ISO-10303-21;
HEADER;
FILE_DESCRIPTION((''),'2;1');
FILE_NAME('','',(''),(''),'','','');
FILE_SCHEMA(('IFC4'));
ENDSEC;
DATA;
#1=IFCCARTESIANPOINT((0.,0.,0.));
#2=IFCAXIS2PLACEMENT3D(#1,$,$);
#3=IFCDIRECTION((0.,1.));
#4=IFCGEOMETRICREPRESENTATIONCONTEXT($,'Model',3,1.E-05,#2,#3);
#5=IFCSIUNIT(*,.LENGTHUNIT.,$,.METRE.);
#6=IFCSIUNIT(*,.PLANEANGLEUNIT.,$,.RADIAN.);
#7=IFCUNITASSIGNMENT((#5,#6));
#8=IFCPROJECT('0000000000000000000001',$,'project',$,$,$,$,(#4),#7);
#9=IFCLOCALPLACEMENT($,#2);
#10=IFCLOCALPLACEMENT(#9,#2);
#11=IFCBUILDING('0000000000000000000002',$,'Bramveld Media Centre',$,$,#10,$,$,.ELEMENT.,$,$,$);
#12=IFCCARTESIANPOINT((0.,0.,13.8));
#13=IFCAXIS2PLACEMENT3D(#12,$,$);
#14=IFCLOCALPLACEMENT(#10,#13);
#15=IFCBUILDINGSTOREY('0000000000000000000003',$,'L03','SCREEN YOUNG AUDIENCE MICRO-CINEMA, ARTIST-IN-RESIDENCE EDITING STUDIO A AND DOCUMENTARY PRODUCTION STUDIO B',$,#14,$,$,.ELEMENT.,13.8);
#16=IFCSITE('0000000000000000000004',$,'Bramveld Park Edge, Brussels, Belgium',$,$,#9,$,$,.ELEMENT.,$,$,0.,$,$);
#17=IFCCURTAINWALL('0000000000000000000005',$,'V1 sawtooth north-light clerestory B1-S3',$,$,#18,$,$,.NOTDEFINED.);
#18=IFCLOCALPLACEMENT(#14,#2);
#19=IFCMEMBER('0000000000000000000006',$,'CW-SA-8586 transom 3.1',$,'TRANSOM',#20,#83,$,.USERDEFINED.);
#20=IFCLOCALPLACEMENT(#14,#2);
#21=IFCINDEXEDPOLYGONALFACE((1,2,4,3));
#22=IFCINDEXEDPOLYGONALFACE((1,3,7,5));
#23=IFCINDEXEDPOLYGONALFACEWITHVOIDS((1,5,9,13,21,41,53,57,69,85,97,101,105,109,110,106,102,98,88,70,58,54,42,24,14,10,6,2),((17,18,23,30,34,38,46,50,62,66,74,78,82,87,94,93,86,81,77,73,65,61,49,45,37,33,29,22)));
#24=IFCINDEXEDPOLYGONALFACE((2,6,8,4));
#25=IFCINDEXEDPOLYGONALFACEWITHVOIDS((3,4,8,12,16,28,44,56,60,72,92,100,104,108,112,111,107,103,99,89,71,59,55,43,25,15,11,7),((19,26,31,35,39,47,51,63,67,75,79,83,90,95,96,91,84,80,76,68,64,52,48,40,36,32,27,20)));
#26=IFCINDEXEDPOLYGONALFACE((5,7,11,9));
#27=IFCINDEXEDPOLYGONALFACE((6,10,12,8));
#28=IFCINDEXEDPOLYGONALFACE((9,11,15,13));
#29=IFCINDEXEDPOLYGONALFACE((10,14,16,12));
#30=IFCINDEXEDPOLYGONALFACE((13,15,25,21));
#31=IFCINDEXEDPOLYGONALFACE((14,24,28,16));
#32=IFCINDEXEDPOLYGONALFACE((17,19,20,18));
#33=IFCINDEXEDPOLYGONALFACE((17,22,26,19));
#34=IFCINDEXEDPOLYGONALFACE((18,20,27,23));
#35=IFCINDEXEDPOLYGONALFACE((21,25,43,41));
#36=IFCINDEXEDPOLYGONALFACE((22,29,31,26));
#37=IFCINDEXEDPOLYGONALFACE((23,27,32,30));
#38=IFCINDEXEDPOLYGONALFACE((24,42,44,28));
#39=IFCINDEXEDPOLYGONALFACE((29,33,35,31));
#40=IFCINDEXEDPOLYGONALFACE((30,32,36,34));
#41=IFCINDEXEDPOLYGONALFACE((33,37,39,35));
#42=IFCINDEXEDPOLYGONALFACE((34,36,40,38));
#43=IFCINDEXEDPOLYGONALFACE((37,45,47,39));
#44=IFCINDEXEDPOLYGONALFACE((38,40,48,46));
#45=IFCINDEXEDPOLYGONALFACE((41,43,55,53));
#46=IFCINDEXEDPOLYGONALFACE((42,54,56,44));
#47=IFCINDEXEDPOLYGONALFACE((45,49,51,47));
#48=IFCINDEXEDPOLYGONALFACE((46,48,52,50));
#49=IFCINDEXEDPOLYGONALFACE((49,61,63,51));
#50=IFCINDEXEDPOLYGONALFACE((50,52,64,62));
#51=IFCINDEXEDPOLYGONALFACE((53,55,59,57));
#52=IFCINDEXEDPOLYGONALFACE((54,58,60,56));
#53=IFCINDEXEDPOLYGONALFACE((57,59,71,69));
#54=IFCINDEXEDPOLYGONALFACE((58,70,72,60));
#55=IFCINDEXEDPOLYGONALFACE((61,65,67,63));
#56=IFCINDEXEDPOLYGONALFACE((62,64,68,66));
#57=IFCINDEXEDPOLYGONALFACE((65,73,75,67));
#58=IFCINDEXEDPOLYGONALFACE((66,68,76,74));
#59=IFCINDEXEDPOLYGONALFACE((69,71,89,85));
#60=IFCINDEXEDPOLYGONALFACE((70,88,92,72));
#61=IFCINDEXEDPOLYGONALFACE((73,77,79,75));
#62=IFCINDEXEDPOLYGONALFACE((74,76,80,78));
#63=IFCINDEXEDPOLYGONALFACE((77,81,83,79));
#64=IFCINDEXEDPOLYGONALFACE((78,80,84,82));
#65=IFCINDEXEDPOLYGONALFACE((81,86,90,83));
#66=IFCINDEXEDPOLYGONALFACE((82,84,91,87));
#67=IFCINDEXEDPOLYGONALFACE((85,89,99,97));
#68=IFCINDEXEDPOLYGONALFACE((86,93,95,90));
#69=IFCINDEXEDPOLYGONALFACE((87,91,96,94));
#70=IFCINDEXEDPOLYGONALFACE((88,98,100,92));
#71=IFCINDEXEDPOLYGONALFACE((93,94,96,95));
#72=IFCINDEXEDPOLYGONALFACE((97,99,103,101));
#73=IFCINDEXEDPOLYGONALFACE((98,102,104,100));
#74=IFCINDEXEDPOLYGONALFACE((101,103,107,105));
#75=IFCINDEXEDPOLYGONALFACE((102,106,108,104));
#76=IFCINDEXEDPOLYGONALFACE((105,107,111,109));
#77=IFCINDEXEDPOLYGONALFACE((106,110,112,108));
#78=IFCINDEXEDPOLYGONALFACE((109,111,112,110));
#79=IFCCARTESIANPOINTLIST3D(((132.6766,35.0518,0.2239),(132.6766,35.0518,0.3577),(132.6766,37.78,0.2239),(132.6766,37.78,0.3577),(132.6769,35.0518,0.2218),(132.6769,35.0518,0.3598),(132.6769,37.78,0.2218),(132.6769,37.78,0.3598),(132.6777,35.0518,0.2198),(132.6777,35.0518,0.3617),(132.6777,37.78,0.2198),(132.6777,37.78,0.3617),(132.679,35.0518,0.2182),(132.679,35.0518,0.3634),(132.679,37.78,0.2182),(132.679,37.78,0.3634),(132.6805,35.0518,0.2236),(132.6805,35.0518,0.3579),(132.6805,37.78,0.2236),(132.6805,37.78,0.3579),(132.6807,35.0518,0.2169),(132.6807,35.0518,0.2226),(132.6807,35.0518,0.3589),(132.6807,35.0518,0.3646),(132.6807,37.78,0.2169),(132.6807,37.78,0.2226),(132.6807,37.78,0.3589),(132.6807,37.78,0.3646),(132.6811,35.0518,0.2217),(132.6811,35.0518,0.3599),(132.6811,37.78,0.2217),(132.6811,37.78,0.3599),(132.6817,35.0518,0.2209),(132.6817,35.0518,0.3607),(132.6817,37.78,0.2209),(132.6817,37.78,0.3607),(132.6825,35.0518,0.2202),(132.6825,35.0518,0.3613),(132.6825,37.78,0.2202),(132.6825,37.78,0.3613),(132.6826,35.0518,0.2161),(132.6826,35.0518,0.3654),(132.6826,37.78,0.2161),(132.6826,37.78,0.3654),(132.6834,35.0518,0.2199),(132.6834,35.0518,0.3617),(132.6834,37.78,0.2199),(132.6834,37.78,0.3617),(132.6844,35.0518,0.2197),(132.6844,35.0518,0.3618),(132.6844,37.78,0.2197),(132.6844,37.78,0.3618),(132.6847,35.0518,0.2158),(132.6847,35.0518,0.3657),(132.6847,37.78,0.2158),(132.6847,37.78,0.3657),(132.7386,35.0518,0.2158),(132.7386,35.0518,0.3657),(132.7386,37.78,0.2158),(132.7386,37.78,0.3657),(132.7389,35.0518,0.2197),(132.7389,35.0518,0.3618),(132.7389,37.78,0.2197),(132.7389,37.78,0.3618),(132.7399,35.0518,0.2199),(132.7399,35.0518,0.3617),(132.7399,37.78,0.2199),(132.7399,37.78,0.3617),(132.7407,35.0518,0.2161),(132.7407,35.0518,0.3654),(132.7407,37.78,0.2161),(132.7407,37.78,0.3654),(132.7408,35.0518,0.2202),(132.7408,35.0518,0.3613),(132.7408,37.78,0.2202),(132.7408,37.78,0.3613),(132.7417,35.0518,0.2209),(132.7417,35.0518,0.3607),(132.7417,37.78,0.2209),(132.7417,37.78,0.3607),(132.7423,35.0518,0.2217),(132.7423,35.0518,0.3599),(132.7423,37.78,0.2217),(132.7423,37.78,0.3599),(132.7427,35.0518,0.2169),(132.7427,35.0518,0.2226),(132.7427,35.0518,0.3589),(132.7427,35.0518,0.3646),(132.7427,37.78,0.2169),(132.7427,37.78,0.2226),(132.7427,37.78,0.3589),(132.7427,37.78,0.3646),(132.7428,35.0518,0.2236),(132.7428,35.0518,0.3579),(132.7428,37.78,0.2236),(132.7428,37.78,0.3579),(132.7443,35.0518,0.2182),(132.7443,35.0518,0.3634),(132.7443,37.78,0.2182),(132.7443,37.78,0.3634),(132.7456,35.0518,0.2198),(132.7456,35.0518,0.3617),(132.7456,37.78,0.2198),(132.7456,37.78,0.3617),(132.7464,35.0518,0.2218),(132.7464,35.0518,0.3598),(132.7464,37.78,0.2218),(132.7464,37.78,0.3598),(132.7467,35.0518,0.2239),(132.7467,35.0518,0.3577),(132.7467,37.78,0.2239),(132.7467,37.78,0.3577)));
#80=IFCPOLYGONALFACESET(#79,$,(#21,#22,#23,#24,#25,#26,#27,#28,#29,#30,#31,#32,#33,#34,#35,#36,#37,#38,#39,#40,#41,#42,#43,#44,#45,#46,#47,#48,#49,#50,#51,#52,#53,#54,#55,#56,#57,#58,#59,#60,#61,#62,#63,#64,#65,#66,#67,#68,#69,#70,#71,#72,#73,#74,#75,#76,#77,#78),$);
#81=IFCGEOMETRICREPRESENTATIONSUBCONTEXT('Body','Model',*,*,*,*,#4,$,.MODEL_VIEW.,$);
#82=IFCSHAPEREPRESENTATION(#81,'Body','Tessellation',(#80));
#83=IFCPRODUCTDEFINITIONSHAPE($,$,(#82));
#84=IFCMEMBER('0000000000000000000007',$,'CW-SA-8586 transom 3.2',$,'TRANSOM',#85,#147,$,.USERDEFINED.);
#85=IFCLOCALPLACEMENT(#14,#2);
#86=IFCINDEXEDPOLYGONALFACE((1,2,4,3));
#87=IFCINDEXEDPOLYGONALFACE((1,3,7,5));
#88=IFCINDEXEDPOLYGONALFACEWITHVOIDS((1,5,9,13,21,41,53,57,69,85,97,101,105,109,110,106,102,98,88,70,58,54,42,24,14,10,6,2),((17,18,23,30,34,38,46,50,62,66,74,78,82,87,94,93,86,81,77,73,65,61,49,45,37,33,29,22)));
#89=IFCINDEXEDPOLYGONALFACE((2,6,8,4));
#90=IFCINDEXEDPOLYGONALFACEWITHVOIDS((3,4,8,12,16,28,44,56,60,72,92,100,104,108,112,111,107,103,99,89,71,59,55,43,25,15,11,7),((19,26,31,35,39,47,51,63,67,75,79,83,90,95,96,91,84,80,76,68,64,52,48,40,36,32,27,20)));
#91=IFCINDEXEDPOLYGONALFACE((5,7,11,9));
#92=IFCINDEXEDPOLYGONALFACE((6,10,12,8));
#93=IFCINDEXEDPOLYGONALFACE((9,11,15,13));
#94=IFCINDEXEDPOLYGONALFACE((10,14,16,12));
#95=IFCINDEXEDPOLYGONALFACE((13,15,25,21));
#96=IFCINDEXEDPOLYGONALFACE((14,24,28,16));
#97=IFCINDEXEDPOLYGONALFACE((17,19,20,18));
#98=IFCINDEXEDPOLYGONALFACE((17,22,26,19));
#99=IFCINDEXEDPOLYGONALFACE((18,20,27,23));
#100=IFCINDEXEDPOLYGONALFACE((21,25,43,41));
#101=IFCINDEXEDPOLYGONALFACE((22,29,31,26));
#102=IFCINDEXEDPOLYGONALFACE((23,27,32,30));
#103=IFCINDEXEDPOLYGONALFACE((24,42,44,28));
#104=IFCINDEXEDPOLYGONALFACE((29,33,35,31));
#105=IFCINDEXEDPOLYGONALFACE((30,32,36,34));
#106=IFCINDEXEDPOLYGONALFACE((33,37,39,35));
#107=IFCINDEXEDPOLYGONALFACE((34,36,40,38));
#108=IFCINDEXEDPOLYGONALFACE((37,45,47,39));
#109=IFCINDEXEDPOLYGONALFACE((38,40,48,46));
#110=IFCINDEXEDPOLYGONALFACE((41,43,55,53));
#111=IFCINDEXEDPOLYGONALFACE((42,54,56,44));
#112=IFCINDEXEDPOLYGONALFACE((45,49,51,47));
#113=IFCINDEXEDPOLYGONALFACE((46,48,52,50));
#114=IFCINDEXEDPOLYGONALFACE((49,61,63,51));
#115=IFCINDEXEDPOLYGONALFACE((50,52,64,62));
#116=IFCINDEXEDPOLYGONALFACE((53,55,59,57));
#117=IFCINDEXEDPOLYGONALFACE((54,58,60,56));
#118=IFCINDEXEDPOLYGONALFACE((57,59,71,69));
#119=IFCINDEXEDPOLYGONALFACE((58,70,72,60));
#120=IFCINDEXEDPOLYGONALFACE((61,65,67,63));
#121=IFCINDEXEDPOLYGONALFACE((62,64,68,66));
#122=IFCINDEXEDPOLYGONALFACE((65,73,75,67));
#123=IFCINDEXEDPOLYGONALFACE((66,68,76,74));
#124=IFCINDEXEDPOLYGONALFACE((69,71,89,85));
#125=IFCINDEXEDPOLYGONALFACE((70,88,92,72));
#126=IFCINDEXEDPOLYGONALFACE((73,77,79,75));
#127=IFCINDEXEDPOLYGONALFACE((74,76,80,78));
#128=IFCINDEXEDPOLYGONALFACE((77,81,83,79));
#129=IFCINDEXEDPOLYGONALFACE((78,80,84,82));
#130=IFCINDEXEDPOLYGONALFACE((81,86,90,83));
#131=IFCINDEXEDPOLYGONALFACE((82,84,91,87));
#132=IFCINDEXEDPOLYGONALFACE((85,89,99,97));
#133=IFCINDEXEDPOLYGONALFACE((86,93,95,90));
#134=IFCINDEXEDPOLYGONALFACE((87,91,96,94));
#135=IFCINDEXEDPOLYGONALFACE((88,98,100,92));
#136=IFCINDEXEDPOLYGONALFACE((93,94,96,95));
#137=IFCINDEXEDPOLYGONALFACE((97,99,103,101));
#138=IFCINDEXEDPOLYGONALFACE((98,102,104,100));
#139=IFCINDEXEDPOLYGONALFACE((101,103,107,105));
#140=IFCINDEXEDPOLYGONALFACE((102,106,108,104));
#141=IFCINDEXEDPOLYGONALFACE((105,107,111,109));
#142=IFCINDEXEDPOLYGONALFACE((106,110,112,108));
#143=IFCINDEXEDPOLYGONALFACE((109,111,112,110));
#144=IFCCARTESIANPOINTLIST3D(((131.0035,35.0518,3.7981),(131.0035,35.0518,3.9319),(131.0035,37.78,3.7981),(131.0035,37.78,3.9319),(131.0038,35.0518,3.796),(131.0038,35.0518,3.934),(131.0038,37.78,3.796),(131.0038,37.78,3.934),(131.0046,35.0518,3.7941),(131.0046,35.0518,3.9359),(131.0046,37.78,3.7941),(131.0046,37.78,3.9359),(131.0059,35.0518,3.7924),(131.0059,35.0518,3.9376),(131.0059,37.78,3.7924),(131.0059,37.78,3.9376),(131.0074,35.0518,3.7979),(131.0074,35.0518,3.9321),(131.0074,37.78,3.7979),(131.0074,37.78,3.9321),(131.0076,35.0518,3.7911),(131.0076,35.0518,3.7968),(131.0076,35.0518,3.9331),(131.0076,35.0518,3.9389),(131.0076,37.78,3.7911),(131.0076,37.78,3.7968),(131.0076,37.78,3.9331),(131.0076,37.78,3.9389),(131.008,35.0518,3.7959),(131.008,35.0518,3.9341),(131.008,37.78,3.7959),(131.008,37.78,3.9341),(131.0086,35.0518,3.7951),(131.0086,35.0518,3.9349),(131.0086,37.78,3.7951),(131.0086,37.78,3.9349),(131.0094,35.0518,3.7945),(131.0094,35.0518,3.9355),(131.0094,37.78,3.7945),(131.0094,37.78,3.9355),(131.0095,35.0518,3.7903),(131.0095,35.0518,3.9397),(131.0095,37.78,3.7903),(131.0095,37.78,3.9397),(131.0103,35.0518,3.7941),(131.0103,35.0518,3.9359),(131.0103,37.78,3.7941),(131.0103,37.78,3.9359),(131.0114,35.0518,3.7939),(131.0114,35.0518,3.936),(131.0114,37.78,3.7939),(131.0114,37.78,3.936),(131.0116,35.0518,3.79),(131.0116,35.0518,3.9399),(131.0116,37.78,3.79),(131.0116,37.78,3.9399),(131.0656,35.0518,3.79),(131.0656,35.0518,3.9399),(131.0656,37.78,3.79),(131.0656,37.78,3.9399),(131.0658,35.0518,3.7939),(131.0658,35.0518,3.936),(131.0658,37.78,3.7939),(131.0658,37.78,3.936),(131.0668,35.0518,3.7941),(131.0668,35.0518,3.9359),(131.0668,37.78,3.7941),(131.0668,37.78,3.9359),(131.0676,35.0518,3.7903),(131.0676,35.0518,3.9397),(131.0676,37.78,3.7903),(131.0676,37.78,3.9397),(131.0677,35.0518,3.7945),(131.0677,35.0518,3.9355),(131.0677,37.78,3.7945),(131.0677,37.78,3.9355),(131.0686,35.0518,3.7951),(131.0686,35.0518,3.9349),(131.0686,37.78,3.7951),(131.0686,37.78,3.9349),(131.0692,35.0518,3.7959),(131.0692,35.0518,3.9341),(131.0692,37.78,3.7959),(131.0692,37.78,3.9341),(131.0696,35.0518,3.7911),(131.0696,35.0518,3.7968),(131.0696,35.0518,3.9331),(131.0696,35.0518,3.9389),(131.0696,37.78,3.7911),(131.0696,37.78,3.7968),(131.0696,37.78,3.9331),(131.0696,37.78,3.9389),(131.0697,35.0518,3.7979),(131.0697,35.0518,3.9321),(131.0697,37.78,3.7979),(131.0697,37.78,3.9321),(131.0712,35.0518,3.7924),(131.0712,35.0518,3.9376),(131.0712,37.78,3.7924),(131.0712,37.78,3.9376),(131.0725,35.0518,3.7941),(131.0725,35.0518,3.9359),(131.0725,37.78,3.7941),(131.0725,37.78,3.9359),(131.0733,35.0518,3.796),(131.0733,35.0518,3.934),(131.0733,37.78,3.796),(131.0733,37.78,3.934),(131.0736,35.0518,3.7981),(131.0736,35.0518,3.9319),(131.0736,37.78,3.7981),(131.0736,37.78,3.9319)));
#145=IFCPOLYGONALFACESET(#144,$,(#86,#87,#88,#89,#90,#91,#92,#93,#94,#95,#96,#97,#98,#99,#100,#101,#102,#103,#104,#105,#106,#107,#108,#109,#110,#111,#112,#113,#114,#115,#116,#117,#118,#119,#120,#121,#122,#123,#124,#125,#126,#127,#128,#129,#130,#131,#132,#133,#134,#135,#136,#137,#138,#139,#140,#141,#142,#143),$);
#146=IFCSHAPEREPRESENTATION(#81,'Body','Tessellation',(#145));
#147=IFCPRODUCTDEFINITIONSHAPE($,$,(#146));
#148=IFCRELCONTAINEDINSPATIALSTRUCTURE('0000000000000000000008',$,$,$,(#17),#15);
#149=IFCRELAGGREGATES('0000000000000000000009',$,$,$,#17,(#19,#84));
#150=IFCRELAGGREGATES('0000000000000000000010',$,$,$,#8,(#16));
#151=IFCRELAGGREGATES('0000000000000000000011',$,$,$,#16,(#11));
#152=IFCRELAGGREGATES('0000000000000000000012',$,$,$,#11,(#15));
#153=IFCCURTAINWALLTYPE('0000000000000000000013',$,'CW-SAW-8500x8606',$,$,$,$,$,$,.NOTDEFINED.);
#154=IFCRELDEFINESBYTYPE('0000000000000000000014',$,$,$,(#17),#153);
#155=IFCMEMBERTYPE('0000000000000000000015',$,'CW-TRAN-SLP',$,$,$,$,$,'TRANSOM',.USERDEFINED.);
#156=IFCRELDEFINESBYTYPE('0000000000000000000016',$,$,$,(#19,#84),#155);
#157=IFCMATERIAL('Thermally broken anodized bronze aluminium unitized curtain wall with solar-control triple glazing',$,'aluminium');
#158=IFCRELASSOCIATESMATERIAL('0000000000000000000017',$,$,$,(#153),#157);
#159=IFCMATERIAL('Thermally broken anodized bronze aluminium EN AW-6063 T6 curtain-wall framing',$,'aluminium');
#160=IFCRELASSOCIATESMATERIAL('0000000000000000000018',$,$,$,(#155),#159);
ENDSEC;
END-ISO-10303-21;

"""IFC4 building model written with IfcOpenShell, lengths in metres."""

from ifc_helpers import new_model, si_unit, direction, frame, origin, origin_2d, place, context, subcontext, project, spatial, hollow_rectangle, extrude, material, material_profile, profile_set, type_object, element, aggregate, save


model = new_model("IFC4")

# Units and contexts
model_context = context("Model", 3, precision=1e-05, world=origin(), true_north=direction((0.0, 1.0)))
body_context = subcontext(model_context, "Body", "Model", "MODEL_VIEW")
ifc_project = project(units=[si_unit("LENGTHUNIT", "METRE"), si_unit("PLANEANGLEUNIT", "RADIAN")], contexts=[model_context])

# Site, building, storey
site_placement = place(None, origin())
site = spatial("IfcSite", under=ifc_project, at=site_placement, Name="Bramveld Park Edge, Brussels, Belgium", CompositionType="ELEMENT", RefElevation=0.0)
building_placement = place(site_placement, origin())
building = spatial("IfcBuilding", under=site, at=building_placement, Name="Bramveld Media Centre", CompositionType="ELEMENT")
storey_placement = place(building_placement, frame((0.0, 0.0, 13.8)))
storey = spatial("IfcBuildingStorey", under=building, at=storey_placement, Name="L03", Description="SCREEN YOUNG AUDIENCE MICRO-CINEMA, ARTIST-IN-RESIDENCE EDITING STUDIO A AND DOCUMENTARY PRODUCTION STUDIO B", CompositionType="ELEMENT", Elevation=13.8)

# Curtain wall, members
ifc_material_1 = material(Name="Thermally broken anodized bronze aluminium unitized curtain wall with solar-control triple glazing", Category="aluminium")
curtain_wall_type = type_object("IfcCurtainWallType", Name="CW-SAW-8500x8606", PredefinedType="NOTDEFINED", material=ifc_material_1)
curtain_wall_placement = place(storey_placement, origin())
curtain_wall = element("IfcCurtainWall", 1, at=curtain_wall_placement, inside=storey, type_object=curtain_wall_type, Name="V1 sawtooth north-light clerestory B1-S3", PredefinedType="NOTDEFINED")
ifc_material_2 = material(Name="Thermally broken anodized bronze aluminium EN AW-6063 T6 curtain-wall framing", Category="aluminium")
ifc_material_profile_1 = material_profile(ifc_material_2, hollow_rectangle(XDim=0.0701, YDim=0.1499, WallThickness=0.0039, InnerFilletRadius=0.0039, OuterFilletRadius=0.0081, at=origin_2d()), Name="AL-TRAN 70x150")
ifc_profile_set_1 = profile_set([ifc_material_profile_1], Name="Thermally broken anodized bronze aluminium EN AW-6063 T6 curtain-wall framing")
member_type_1 = type_object("IfcMemberType", Name="CW-TRAN-SLP", ElementType="TRANSOM", PredefinedType="USERDEFINED", material=ifc_profile_set_1)
member_1_placement = place(storey_placement, frame((132.7117, 35.0518, 0.2908), z_axis=(0.0, 1.0, 0.0), x_axis=(-1.0, 0.0, 0.0)))
member_1 = element("IfcMember", 2, at=member_1_placement, type_object=member_type_1, Name="CW-SA-8586 transom 3.1", ObjectType="TRANSOM", PredefinedType="USERDEFINED", context=body_context, shape_type="SweptSolid", body=[
    extrude(hollow_rectangle(XDim=0.0701, YDim=0.1499, WallThickness=0.0039, InnerFilletRadius=0.0039, OuterFilletRadius=0.0081, at=origin_2d()), origin(), (0.0, 0.0, 1.0), 2.7283),
])
member_2_placement = place(storey_placement, frame((131.0386, 35.0518, 3.865), z_axis=(0.0, 1.0, 0.0), x_axis=(-1.0, 0.0, 0.0)))
member_2 = element("IfcMember", 3, at=member_2_placement, type_object=member_type_1, Name="CW-SA-8586 transom 3.2", ObjectType="TRANSOM", PredefinedType="USERDEFINED", context=body_context, shape_type="SweptSolid", body=[
    extrude(hollow_rectangle(XDim=0.0701, YDim=0.1499, WallThickness=0.0039, InnerFilletRadius=0.0039, OuterFilletRadius=0.0081, at=origin_2d()), origin(), (0.0, 0.0, 1.0), 2.7283),
])

aggregate(curtain_wall, [member_1, member_2])

save(model, "model.ifc")
